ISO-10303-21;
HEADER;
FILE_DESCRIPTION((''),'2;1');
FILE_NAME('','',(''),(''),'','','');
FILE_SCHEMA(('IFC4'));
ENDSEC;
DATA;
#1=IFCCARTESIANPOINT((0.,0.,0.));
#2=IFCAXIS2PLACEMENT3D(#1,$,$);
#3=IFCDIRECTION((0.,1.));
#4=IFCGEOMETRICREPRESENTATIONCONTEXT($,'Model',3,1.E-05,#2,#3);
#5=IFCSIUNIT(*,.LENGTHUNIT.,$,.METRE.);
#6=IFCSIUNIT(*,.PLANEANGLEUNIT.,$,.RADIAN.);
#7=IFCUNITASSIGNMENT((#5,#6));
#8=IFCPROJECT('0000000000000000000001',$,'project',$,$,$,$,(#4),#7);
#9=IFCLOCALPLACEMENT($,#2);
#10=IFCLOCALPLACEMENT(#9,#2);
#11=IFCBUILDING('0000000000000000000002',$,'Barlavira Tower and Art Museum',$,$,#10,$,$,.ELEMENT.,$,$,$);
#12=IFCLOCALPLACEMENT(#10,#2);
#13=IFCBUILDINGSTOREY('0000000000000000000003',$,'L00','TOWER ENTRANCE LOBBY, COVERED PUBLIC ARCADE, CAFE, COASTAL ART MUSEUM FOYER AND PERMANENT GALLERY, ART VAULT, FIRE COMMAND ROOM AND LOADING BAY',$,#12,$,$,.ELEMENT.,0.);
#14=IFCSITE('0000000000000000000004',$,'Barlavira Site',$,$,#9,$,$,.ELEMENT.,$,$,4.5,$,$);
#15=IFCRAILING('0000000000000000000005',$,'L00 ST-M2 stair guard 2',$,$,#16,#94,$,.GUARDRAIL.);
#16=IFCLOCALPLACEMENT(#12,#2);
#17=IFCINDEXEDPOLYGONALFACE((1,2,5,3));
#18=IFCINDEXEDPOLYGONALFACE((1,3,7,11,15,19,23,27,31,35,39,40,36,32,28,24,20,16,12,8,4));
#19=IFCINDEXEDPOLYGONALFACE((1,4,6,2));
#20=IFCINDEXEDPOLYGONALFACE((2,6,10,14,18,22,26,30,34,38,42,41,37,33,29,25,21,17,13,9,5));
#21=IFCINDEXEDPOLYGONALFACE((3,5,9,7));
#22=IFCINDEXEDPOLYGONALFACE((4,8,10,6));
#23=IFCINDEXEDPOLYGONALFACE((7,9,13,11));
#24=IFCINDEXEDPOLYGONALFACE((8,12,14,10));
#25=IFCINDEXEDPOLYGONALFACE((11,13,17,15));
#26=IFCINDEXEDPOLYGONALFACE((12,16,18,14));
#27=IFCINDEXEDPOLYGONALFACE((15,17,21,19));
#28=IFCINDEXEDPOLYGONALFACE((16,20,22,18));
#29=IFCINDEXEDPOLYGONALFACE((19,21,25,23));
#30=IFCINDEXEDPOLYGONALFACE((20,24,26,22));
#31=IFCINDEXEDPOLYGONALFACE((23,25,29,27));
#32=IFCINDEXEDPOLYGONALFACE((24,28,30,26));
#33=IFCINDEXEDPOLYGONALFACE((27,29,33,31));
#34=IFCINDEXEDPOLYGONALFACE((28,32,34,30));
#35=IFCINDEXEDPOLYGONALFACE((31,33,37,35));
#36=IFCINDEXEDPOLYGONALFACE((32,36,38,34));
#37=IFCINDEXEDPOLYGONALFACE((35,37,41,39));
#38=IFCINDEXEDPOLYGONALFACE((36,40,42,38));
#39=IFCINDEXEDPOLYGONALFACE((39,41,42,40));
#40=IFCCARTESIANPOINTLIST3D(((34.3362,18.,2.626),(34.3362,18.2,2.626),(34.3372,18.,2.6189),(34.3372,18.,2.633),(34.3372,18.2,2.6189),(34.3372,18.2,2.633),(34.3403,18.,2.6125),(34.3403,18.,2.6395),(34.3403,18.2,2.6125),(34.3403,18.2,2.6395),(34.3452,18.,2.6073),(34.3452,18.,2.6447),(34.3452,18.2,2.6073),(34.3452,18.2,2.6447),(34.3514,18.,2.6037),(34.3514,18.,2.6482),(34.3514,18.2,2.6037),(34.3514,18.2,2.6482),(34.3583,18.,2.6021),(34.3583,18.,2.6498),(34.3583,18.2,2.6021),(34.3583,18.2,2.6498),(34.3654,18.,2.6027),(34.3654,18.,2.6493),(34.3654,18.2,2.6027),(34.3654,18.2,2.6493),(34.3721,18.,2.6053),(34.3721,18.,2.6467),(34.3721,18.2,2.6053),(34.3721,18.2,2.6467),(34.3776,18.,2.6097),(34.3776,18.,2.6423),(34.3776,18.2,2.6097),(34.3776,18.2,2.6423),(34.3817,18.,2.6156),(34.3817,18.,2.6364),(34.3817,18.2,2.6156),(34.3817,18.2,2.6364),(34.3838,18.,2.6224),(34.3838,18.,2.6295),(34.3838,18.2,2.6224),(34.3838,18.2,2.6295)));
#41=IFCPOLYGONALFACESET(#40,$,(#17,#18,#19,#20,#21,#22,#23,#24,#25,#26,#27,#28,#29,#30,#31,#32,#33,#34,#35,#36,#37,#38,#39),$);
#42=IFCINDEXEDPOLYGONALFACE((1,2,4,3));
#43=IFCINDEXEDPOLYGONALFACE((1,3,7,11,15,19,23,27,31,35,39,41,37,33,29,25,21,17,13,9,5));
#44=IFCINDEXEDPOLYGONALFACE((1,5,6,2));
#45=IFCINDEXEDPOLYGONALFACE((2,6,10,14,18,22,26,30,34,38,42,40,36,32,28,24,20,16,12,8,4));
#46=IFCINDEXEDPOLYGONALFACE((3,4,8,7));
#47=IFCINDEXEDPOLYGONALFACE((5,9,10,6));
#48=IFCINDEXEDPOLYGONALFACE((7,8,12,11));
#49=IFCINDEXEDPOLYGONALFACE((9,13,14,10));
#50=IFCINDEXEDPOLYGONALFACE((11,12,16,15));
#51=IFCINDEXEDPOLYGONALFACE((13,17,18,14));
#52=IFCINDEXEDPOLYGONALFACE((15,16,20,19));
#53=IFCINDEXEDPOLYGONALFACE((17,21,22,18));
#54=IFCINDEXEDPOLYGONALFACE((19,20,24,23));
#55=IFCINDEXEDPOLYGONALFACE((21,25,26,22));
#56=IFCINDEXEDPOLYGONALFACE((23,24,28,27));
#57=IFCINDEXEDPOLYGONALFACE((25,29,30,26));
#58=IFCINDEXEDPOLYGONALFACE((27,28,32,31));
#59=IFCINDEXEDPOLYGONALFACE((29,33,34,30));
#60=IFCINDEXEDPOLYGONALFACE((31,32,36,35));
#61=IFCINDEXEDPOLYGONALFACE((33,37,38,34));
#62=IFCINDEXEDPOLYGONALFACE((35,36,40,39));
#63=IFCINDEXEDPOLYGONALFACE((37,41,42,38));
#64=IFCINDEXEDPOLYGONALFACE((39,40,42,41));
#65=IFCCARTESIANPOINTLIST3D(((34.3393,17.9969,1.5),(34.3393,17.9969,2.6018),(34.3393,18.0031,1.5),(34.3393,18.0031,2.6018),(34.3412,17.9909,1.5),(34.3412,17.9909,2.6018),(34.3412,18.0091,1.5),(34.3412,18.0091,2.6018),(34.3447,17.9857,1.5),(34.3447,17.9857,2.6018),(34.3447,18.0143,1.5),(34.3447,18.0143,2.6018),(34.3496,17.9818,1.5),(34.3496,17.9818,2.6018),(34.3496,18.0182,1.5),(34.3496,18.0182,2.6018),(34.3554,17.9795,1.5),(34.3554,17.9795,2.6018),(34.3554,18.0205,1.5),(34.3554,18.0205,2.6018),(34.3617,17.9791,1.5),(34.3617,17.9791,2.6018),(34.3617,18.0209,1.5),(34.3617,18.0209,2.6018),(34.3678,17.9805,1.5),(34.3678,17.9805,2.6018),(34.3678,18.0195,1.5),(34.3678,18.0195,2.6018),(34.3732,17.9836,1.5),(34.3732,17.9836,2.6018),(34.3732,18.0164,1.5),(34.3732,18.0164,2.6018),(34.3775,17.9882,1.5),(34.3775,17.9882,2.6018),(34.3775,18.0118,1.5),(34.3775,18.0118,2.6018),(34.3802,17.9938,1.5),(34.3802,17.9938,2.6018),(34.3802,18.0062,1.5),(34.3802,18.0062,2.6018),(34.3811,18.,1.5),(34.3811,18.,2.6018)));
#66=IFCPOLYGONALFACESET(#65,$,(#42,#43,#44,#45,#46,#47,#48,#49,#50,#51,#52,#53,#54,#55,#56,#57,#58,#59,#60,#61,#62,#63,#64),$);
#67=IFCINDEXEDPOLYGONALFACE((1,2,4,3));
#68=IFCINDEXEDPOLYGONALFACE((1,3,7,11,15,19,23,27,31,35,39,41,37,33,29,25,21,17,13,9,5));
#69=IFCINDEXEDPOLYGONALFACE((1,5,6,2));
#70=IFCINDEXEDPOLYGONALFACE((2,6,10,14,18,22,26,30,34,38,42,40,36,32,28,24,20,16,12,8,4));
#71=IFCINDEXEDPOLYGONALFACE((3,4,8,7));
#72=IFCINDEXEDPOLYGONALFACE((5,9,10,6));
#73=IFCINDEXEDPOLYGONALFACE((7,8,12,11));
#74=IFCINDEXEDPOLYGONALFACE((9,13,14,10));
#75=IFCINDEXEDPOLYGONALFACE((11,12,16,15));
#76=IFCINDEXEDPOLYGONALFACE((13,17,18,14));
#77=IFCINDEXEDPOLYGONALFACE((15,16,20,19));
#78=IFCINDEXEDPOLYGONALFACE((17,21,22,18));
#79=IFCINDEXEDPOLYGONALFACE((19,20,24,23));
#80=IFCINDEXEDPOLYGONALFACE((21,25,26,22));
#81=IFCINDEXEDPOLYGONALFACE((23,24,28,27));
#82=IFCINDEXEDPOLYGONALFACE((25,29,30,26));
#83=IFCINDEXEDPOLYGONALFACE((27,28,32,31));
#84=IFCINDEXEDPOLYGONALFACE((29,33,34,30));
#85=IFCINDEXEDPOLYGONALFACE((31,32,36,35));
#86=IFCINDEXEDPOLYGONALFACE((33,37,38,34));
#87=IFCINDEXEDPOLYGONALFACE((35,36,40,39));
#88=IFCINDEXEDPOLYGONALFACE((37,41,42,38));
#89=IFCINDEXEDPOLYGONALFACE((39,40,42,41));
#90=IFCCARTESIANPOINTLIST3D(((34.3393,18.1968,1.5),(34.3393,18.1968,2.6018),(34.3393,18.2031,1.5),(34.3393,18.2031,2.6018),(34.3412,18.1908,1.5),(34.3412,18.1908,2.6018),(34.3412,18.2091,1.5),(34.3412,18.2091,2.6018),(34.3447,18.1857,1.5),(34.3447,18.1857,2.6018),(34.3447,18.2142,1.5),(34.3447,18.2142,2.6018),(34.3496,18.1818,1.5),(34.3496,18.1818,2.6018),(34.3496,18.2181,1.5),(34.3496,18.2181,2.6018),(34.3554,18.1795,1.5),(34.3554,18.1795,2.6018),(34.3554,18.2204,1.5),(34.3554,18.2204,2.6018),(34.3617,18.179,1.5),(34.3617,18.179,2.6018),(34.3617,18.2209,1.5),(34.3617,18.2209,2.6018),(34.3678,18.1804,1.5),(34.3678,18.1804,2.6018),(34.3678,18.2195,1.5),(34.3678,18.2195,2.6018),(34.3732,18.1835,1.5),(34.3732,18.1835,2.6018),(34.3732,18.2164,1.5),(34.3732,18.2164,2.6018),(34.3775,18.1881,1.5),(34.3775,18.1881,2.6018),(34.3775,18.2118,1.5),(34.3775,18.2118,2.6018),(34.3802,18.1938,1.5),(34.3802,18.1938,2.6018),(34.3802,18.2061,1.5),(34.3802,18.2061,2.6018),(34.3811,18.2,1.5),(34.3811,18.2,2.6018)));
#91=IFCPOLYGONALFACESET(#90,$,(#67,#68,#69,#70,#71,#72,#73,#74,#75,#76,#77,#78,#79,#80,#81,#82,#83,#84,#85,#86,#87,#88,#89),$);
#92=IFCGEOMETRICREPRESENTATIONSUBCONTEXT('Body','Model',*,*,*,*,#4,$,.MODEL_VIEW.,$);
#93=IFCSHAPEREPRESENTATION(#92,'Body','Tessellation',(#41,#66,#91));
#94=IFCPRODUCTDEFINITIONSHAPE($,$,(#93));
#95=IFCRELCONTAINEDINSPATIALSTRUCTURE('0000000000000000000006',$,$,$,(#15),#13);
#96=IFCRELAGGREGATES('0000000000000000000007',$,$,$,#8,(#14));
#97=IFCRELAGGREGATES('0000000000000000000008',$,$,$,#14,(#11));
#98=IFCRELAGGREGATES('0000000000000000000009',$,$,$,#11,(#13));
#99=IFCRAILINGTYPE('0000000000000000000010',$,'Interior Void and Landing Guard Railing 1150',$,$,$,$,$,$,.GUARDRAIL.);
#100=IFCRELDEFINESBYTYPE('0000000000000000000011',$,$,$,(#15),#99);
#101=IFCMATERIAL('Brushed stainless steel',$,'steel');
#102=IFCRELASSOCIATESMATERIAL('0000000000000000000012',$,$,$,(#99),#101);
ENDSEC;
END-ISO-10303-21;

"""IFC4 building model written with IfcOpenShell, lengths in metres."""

from ifc_helpers import new_model, si_unit, direction, frame, origin, origin_2d, place, context, subcontext, project, spatial, circle, extrude, material, type_object, element, save


model = new_model("IFC4")

# Units and contexts
model_context = context("Model", 3, precision=1e-05, world=origin(), true_north=direction((0.0, 1.0)))
body_context = subcontext(model_context, "Body", "Model", "MODEL_VIEW")
ifc_project = project(units=[si_unit("LENGTHUNIT", "METRE"), si_unit("PLANEANGLEUNIT", "RADIAN")], contexts=[model_context])

# Site, building, storey
site_placement = place(None, origin())
site = spatial("IfcSite", under=ifc_project, at=site_placement, Name="Barlavira Site", CompositionType="ELEMENT", RefElevation=4.5)
building_placement = place(site_placement, origin())
building = spatial("IfcBuilding", under=site, at=building_placement, Name="Barlavira Tower and Art Museum", CompositionType="ELEMENT")
storey_placement = place(building_placement, origin())
storey = spatial("IfcBuildingStorey", under=building, at=storey_placement, Name="L00", Description="TOWER ENTRANCE LOBBY, COVERED PUBLIC ARCADE, CAFE, COASTAL ART MUSEUM FOYER AND PERMANENT GALLERY, ART VAULT, FIRE COMMAND ROOM AND LOADING BAY", CompositionType="ELEMENT", Elevation=0.0)

# Shared definitions
ifc_material_1 = material(Name="Brushed stainless steel", Category="steel")

# Railing
railing_type_1 = type_object("IfcRailingType", Name="Interior Void and Landing Guard Railing 1150", PredefinedType="GUARDRAIL", material=ifc_material_1)
railing_1_placement = place(storey_placement, frame((34.3601, 18.0, 1.5)))
element("IfcRailing", 1, at=railing_1_placement, inside=storey, type_object=railing_type_1, Name="L00 ST-M2 stair guard 2", PredefinedType="GUARDRAIL", context=body_context, shape_type="SweptSolid", body=[
    extrude(circle(Radius=0.0239, at=origin_2d()), frame((0.0, 0.0, 1.126), z_axis=(0.0, 1.0, 0.0), x_axis=(-1.0, 0.0, 0.0)), (0.0, 0.0, 1.0), 0.2),
    extrude(circle(Radius=0.021, at=origin_2d()), origin(), (0.0, 0.0, 1.0), 1.1018),
    extrude(circle(Radius=0.021, at=origin_2d()), frame((0.0, 0.2, 0.0)), (0.0, 0.0, 1.0), 1.1018),
])

save(model, "model.ifc")
